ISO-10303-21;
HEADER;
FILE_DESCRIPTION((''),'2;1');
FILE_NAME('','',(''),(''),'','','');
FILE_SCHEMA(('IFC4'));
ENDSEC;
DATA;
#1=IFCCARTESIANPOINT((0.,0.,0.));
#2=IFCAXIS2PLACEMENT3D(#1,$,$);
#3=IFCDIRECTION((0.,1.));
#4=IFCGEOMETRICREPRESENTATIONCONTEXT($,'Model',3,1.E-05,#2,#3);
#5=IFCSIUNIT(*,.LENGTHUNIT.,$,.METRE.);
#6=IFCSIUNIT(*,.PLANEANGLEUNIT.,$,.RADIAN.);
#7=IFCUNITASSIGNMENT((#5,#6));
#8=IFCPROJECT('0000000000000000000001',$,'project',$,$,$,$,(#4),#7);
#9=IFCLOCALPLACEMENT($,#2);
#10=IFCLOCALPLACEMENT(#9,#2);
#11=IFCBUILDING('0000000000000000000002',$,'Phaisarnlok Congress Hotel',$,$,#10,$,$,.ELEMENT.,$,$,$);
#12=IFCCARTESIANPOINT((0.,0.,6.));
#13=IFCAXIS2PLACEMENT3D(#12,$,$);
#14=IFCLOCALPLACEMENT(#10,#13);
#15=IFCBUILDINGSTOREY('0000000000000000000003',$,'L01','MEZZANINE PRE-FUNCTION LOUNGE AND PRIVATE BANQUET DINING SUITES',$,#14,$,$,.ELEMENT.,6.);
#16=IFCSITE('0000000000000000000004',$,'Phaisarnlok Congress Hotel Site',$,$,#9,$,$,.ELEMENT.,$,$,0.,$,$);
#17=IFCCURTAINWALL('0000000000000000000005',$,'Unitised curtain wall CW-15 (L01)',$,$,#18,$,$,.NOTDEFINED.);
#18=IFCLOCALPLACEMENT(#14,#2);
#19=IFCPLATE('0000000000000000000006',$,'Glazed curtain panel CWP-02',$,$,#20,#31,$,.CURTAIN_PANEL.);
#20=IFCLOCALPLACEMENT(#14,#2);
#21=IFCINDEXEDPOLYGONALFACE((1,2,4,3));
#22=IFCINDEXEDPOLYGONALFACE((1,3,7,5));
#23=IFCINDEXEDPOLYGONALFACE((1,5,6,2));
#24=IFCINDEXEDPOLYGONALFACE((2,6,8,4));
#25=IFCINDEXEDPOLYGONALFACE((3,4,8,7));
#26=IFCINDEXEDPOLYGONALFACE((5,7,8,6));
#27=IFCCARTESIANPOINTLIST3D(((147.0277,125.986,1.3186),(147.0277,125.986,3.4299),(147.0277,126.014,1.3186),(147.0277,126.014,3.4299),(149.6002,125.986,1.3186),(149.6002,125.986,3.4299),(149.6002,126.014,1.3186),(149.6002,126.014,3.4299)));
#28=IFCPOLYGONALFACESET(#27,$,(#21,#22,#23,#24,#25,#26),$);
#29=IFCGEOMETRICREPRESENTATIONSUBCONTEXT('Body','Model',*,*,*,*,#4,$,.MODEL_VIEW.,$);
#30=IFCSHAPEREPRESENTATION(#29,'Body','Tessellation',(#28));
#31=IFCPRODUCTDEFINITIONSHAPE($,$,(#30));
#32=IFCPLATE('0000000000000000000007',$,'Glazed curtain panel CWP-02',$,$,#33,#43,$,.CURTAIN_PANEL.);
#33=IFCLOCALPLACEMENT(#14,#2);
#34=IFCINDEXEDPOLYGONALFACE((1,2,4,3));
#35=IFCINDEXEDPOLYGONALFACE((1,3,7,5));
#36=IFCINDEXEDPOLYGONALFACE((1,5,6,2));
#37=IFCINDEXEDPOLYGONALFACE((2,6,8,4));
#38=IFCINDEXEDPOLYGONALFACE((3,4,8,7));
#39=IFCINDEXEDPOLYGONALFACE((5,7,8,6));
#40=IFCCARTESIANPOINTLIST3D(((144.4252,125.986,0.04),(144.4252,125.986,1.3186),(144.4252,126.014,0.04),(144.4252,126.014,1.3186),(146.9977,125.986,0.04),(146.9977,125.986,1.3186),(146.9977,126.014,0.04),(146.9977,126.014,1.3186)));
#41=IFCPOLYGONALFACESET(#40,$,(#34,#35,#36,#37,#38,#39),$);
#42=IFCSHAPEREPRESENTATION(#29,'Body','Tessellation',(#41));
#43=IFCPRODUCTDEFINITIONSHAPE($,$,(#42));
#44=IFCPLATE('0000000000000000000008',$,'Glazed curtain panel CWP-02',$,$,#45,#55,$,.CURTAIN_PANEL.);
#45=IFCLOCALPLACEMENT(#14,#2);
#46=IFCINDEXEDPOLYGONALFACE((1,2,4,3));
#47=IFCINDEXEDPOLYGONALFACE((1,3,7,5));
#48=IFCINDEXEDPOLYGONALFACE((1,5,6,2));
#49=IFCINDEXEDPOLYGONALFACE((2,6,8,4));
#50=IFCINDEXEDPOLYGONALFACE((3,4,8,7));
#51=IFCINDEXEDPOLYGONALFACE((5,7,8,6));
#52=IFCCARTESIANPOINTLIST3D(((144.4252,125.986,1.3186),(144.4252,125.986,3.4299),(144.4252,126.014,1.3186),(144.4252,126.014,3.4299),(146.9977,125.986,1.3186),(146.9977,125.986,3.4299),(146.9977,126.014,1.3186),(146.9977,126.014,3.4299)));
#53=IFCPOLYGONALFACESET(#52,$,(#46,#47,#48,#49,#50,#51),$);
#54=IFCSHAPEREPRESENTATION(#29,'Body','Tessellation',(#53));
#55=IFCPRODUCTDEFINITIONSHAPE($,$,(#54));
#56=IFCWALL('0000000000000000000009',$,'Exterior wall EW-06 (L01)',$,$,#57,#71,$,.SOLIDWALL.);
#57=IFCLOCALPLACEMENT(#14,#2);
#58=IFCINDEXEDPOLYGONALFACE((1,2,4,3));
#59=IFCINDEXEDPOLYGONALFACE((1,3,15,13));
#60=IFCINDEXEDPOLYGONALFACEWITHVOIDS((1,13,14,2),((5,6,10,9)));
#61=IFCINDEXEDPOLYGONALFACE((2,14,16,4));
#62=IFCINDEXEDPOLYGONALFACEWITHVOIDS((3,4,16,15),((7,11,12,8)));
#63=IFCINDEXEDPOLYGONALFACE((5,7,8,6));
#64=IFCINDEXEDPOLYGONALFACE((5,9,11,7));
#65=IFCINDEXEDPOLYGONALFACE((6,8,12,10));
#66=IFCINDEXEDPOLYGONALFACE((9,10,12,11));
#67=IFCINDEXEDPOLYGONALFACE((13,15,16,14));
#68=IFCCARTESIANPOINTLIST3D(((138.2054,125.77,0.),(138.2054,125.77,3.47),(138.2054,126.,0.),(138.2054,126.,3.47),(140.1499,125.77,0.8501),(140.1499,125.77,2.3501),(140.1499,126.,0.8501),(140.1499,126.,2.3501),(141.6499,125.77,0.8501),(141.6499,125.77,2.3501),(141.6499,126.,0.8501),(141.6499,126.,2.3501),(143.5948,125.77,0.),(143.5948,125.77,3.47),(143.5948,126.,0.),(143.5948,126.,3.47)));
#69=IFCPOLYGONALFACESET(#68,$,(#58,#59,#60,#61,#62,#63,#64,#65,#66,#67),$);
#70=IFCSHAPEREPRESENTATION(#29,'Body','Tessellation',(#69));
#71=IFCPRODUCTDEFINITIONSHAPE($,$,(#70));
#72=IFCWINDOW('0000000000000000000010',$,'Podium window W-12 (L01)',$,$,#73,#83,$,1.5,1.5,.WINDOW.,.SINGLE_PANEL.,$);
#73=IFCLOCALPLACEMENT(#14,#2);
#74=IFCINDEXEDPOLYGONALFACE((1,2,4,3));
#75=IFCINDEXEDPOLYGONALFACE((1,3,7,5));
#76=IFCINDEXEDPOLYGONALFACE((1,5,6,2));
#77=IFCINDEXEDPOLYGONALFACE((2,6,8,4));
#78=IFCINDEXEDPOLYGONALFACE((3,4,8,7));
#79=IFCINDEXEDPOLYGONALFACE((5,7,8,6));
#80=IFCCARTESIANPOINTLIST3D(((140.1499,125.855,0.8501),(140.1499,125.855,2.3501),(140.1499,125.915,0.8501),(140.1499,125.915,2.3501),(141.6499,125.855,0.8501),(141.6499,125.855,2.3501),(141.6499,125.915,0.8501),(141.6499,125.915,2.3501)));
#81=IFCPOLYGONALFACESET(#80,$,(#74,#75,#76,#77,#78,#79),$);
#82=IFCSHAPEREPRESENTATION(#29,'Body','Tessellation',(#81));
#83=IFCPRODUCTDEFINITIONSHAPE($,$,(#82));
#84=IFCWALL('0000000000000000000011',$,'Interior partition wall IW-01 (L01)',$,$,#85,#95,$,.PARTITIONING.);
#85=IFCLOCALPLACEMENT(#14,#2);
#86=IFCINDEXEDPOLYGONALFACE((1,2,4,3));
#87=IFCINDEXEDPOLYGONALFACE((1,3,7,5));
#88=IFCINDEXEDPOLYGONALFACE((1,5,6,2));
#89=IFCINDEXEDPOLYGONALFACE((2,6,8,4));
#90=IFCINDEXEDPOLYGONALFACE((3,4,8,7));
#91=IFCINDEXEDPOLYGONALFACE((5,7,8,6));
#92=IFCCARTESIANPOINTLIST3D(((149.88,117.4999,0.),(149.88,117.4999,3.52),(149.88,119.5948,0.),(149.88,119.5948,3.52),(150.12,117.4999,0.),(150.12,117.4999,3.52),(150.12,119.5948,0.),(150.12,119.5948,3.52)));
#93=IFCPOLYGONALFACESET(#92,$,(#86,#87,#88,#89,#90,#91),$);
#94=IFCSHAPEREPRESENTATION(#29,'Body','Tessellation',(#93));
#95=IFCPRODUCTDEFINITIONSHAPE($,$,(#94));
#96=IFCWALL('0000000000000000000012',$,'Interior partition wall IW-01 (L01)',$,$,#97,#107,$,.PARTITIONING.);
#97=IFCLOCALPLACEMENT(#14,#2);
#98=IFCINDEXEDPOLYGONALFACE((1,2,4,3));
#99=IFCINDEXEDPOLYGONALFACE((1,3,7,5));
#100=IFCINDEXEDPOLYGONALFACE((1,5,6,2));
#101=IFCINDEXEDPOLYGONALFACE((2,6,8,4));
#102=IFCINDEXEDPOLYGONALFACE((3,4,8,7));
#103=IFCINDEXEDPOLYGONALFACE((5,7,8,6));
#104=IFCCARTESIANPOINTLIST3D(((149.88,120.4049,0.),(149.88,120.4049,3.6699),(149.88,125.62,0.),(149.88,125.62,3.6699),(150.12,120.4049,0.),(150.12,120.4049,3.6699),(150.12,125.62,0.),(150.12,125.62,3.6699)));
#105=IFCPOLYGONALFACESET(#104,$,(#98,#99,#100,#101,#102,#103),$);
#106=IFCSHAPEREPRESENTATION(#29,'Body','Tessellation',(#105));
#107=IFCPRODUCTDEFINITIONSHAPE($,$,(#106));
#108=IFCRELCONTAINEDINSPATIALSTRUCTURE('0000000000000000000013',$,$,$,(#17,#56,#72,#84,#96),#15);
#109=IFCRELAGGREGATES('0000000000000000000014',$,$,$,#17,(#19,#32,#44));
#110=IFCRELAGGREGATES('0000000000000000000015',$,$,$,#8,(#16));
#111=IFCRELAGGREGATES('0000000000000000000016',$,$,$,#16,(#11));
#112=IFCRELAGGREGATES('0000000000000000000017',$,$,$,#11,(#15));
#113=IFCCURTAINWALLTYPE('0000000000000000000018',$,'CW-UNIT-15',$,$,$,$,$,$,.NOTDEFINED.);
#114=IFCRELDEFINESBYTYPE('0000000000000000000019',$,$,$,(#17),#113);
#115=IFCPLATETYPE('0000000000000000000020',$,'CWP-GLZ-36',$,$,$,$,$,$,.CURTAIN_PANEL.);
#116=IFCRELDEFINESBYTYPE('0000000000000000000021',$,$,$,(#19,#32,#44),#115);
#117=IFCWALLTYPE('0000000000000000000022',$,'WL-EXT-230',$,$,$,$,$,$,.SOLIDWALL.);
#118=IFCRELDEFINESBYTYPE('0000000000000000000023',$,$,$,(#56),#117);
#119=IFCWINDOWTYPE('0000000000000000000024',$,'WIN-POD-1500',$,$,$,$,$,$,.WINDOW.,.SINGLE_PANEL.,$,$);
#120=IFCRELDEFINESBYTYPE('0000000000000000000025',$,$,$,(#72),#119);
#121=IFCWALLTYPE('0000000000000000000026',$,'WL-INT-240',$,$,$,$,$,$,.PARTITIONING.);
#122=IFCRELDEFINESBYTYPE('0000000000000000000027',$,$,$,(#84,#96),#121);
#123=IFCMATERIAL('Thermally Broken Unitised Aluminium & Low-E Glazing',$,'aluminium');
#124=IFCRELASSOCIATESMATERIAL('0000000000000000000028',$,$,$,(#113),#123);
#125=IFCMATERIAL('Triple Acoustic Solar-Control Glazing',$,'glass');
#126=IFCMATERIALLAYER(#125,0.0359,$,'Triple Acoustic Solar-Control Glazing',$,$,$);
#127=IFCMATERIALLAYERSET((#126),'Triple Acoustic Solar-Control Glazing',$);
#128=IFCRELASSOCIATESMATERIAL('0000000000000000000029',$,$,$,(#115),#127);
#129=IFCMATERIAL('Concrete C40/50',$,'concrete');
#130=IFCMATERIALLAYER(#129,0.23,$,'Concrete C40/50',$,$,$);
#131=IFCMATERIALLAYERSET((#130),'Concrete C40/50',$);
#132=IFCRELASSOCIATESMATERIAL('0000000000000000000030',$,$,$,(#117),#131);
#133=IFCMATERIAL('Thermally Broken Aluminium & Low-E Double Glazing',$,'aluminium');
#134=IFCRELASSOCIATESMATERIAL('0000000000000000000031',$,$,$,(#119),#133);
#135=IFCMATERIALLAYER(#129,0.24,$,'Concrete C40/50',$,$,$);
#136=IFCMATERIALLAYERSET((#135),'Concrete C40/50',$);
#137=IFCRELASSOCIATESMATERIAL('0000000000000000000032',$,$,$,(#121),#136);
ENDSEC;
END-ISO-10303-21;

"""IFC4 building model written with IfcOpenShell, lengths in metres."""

from ifc_helpers import new_model, si_unit, direction, frame, frame_2d, origin, place, context, subcontext, project, spatial, rectangle, extrude, material, layer, layer_set, type_object, element, fill, aggregate, save


model = new_model("IFC4")

# Units and contexts
model_context = context("Model", 3, precision=1e-05, world=origin(), true_north=direction((0.0, 1.0)))
body_context = subcontext(model_context, "Body", "Model", "MODEL_VIEW")
ifc_project = project(units=[si_unit("LENGTHUNIT", "METRE"), si_unit("PLANEANGLEUNIT", "RADIAN")], contexts=[model_context])

# Site, building, storey
site_placement = place(None, origin())
site = spatial("IfcSite", under=ifc_project, at=site_placement, Name="Phaisarnlok Congress Hotel Site", CompositionType="ELEMENT", RefElevation=0.0)
building_placement = place(site_placement, origin())
building = spatial("IfcBuilding", under=site, at=building_placement, Name="Phaisarnlok Congress Hotel", CompositionType="ELEMENT")
storey_placement = place(building_placement, frame((0.0, 0.0, 6.0)))
storey = spatial("IfcBuildingStorey", under=building, at=storey_placement, Name="L01", Description="MEZZANINE PRE-FUNCTION LOUNGE AND PRIVATE BANQUET DINING SUITES", CompositionType="ELEMENT", Elevation=6.0)

# Shared definitions
ifc_material_1 = material(Name="Concrete C40/50", Category="concrete")

# Curtain wall
ifc_material_2 = material(Name="Thermally Broken Unitised Aluminium & Low-E Glazing", Category="aluminium")
curtain_wall_type = type_object("IfcCurtainWallType", Name="CW-UNIT-15", PredefinedType="NOTDEFINED", material=ifc_material_2)
curtain_wall_placement = place(storey_placement, origin())
curtain_wall = element("IfcCurtainWall", 1, at=curtain_wall_placement, inside=storey, type_object=curtain_wall_type, Name="Unitised curtain wall CW-15 (L01)", PredefinedType="NOTDEFINED")

# Plates
ifc_material_3 = material(Name="Triple Acoustic Solar-Control Glazing", Category="glass")
ifc_layer_1 = layer(ifc_material_3, 0.0359, Name="Triple Acoustic Solar-Control Glazing")
ifc_layer_set_1 = layer_set([ifc_layer_1], Name="Triple Acoustic Solar-Control Glazing")
plate_type = type_object("IfcPlateType", Name="CWP-GLZ-36", PredefinedType="CURTAIN_PANEL", material=ifc_layer_set_1)
plate_1_placement = place(storey_placement, frame((149.6001, 126.0, 1.3186), z_axis=(0.0, 0.0, 1.0), x_axis=(-1.0, 0.0, 0.0)))
plate_1 = element("IfcPlate", 2, at=plate_1_placement, type_object=plate_type, Name="Glazed curtain panel CWP-02", PredefinedType="CURTAIN_PANEL", context=body_context, shape_type="SweptSolid", body=[
    extrude(rectangle(XDim=2.5725, YDim=0.0281, at=frame_2d((1.2861, 0.0))), origin(), (0.0, 0.0, 1.0), 2.1113),
])
plate_2_placement = place(storey_placement, frame((146.9976, 126.0, 0.04), z_axis=(0.0, 0.0, 1.0), x_axis=(-1.0, 0.0, 0.0)))
plate_2 = element("IfcPlate", 3, at=plate_2_placement, type_object=plate_type, Name="Glazed curtain panel CWP-02", PredefinedType="CURTAIN_PANEL", context=body_context, shape_type="SweptSolid", body=[
    extrude(rectangle(XDim=2.5725, YDim=0.0281, at=frame_2d((1.2861, 0.0))), origin(), (0.0, 0.0, 1.0), 1.2786),
])
plate_3_placement = place(storey_placement, frame((146.9976, 126.0, 1.3186), z_axis=(0.0, 0.0, 1.0), x_axis=(-1.0, 0.0, 0.0)))
plate_3 = element("IfcPlate", 4, at=plate_3_placement, type_object=plate_type, Name="Glazed curtain panel CWP-02", PredefinedType="CURTAIN_PANEL", context=body_context, shape_type="SweptSolid", body=[
    extrude(rectangle(XDim=2.5725, YDim=0.0281, at=frame_2d((1.2861, 0.0))), origin(), (0.0, 0.0, 1.0), 2.1113),
])
aggregate(curtain_wall, [plate_1, plate_2, plate_3])

# Wall, opening, window
ifc_layer_2 = layer(ifc_material_1, 0.23, Name="Concrete C40/50")
ifc_layer_set_2 = layer_set([ifc_layer_2], Name="Concrete C40/50")
wall_type_1 = type_object("IfcWallType", Name="WL-EXT-230", PredefinedType="SOLIDWALL", material=ifc_layer_set_2)
wall_1_placement = place(storey_placement, frame((143.595, 125.885, 0.0), z_axis=(0.0, 0.0, 1.0), x_axis=(-1.0, 0.0, 0.0)))
wall_1 = element("IfcWall", 5, at=wall_1_placement, inside=storey, type_object=wall_type_1, Name="Exterior wall EW-06 (L01)", PredefinedType="SOLIDWALL", context=body_context, shape_type="SweptSolid", body=[
    extrude(rectangle(XDim=5.3894, YDim=0.23, at=frame_2d((2.6948, 0.0))), origin(), (0.0, 0.0, 1.0), 3.47),
])
opening_placement = place(wall_1_placement, frame((1.9451, 0.0, 0.8501)))
opening = element("IfcOpeningElement", 6, at=opening_placement, cuts=wall_1, PredefinedType="OPENING", context=body_context, shape_type="SweptSolid", body=[
    extrude(rectangle(XDim=1.5, YDim=1.5, at=frame_2d((0.75, 0.75))), frame((0.0, 0.125, 0.0), z_axis=(0.0, -1.0, 0.0), x_axis=(1.0, 0.0, 0.0)), (0.0, 0.0, 1.0), 0.25),
])
ifc_material_4 = material(Name="Thermally Broken Aluminium & Low-E Double Glazing", Category="aluminium")
window_type = type_object("IfcWindowType", Name="WIN-POD-1500", PartitioningType="SINGLE_PANEL", PredefinedType="WINDOW", material=ifc_material_4)
window_placement = place(opening_placement, origin())
window = element("IfcWindow", 7, at=window_placement, inside=storey, type_object=window_type, Name="Podium window W-12 (L01)", OverallHeight=1.5, OverallWidth=1.5, PartitioningType="SINGLE_PANEL", PredefinedType="WINDOW", context=body_context, shape_type="SweptSolid", body=[
    extrude(rectangle(XDim=1.5, YDim=1.5, at=frame_2d((0.75, 0.75))), frame((0.0, 0.03, 0.0), z_axis=(0.0, -1.0, 0.0), x_axis=(1.0, 0.0, 0.0)), (0.0, 0.0, 1.0), 0.0601),
])
fill(opening, window)

# Walls
ifc_layer_3 = layer(ifc_material_1, 0.24, Name="Concrete C40/50")
ifc_layer_set_3 = layer_set([ifc_layer_3], Name="Concrete C40/50")
wall_type_2 = type_object("IfcWallType", Name="WL-INT-240", PredefinedType="PARTITIONING", material=ifc_layer_set_3)
wall_2_placement = place(storey_placement, frame((150.0, 117.5, 0.0), z_axis=(0.0, 0.0, 1.0), x_axis=(0.0, 1.0, 0.0)))
element("IfcWall", 8, at=wall_2_placement, inside=storey, type_object=wall_type_2, Name="Interior partition wall IW-01 (L01)", PredefinedType="PARTITIONING", context=body_context, shape_type="SweptSolid", body=[
    extrude(rectangle(XDim=2.095, YDim=0.24, at=frame_2d((1.0474, 0.0))), origin(), (0.0, 0.0, 1.0), 3.52),
])
wall_3_placement = place(storey_placement, frame((150.0, 120.405, 0.0), z_axis=(0.0, 0.0, 1.0), x_axis=(0.0, 1.0, 0.0)))
element("IfcWall", 9, at=wall_3_placement, inside=storey, type_object=wall_type_2, Name="Interior partition wall IW-01 (L01)", PredefinedType="PARTITIONING", context=body_context, shape_type="SweptSolid", body=[
    extrude(rectangle(XDim=5.2151, YDim=0.24, at=frame_2d((2.6074, 0.0))), origin(), (0.0, 0.0, 1.0), 3.6699),
])

save(model, "model.ifc")
